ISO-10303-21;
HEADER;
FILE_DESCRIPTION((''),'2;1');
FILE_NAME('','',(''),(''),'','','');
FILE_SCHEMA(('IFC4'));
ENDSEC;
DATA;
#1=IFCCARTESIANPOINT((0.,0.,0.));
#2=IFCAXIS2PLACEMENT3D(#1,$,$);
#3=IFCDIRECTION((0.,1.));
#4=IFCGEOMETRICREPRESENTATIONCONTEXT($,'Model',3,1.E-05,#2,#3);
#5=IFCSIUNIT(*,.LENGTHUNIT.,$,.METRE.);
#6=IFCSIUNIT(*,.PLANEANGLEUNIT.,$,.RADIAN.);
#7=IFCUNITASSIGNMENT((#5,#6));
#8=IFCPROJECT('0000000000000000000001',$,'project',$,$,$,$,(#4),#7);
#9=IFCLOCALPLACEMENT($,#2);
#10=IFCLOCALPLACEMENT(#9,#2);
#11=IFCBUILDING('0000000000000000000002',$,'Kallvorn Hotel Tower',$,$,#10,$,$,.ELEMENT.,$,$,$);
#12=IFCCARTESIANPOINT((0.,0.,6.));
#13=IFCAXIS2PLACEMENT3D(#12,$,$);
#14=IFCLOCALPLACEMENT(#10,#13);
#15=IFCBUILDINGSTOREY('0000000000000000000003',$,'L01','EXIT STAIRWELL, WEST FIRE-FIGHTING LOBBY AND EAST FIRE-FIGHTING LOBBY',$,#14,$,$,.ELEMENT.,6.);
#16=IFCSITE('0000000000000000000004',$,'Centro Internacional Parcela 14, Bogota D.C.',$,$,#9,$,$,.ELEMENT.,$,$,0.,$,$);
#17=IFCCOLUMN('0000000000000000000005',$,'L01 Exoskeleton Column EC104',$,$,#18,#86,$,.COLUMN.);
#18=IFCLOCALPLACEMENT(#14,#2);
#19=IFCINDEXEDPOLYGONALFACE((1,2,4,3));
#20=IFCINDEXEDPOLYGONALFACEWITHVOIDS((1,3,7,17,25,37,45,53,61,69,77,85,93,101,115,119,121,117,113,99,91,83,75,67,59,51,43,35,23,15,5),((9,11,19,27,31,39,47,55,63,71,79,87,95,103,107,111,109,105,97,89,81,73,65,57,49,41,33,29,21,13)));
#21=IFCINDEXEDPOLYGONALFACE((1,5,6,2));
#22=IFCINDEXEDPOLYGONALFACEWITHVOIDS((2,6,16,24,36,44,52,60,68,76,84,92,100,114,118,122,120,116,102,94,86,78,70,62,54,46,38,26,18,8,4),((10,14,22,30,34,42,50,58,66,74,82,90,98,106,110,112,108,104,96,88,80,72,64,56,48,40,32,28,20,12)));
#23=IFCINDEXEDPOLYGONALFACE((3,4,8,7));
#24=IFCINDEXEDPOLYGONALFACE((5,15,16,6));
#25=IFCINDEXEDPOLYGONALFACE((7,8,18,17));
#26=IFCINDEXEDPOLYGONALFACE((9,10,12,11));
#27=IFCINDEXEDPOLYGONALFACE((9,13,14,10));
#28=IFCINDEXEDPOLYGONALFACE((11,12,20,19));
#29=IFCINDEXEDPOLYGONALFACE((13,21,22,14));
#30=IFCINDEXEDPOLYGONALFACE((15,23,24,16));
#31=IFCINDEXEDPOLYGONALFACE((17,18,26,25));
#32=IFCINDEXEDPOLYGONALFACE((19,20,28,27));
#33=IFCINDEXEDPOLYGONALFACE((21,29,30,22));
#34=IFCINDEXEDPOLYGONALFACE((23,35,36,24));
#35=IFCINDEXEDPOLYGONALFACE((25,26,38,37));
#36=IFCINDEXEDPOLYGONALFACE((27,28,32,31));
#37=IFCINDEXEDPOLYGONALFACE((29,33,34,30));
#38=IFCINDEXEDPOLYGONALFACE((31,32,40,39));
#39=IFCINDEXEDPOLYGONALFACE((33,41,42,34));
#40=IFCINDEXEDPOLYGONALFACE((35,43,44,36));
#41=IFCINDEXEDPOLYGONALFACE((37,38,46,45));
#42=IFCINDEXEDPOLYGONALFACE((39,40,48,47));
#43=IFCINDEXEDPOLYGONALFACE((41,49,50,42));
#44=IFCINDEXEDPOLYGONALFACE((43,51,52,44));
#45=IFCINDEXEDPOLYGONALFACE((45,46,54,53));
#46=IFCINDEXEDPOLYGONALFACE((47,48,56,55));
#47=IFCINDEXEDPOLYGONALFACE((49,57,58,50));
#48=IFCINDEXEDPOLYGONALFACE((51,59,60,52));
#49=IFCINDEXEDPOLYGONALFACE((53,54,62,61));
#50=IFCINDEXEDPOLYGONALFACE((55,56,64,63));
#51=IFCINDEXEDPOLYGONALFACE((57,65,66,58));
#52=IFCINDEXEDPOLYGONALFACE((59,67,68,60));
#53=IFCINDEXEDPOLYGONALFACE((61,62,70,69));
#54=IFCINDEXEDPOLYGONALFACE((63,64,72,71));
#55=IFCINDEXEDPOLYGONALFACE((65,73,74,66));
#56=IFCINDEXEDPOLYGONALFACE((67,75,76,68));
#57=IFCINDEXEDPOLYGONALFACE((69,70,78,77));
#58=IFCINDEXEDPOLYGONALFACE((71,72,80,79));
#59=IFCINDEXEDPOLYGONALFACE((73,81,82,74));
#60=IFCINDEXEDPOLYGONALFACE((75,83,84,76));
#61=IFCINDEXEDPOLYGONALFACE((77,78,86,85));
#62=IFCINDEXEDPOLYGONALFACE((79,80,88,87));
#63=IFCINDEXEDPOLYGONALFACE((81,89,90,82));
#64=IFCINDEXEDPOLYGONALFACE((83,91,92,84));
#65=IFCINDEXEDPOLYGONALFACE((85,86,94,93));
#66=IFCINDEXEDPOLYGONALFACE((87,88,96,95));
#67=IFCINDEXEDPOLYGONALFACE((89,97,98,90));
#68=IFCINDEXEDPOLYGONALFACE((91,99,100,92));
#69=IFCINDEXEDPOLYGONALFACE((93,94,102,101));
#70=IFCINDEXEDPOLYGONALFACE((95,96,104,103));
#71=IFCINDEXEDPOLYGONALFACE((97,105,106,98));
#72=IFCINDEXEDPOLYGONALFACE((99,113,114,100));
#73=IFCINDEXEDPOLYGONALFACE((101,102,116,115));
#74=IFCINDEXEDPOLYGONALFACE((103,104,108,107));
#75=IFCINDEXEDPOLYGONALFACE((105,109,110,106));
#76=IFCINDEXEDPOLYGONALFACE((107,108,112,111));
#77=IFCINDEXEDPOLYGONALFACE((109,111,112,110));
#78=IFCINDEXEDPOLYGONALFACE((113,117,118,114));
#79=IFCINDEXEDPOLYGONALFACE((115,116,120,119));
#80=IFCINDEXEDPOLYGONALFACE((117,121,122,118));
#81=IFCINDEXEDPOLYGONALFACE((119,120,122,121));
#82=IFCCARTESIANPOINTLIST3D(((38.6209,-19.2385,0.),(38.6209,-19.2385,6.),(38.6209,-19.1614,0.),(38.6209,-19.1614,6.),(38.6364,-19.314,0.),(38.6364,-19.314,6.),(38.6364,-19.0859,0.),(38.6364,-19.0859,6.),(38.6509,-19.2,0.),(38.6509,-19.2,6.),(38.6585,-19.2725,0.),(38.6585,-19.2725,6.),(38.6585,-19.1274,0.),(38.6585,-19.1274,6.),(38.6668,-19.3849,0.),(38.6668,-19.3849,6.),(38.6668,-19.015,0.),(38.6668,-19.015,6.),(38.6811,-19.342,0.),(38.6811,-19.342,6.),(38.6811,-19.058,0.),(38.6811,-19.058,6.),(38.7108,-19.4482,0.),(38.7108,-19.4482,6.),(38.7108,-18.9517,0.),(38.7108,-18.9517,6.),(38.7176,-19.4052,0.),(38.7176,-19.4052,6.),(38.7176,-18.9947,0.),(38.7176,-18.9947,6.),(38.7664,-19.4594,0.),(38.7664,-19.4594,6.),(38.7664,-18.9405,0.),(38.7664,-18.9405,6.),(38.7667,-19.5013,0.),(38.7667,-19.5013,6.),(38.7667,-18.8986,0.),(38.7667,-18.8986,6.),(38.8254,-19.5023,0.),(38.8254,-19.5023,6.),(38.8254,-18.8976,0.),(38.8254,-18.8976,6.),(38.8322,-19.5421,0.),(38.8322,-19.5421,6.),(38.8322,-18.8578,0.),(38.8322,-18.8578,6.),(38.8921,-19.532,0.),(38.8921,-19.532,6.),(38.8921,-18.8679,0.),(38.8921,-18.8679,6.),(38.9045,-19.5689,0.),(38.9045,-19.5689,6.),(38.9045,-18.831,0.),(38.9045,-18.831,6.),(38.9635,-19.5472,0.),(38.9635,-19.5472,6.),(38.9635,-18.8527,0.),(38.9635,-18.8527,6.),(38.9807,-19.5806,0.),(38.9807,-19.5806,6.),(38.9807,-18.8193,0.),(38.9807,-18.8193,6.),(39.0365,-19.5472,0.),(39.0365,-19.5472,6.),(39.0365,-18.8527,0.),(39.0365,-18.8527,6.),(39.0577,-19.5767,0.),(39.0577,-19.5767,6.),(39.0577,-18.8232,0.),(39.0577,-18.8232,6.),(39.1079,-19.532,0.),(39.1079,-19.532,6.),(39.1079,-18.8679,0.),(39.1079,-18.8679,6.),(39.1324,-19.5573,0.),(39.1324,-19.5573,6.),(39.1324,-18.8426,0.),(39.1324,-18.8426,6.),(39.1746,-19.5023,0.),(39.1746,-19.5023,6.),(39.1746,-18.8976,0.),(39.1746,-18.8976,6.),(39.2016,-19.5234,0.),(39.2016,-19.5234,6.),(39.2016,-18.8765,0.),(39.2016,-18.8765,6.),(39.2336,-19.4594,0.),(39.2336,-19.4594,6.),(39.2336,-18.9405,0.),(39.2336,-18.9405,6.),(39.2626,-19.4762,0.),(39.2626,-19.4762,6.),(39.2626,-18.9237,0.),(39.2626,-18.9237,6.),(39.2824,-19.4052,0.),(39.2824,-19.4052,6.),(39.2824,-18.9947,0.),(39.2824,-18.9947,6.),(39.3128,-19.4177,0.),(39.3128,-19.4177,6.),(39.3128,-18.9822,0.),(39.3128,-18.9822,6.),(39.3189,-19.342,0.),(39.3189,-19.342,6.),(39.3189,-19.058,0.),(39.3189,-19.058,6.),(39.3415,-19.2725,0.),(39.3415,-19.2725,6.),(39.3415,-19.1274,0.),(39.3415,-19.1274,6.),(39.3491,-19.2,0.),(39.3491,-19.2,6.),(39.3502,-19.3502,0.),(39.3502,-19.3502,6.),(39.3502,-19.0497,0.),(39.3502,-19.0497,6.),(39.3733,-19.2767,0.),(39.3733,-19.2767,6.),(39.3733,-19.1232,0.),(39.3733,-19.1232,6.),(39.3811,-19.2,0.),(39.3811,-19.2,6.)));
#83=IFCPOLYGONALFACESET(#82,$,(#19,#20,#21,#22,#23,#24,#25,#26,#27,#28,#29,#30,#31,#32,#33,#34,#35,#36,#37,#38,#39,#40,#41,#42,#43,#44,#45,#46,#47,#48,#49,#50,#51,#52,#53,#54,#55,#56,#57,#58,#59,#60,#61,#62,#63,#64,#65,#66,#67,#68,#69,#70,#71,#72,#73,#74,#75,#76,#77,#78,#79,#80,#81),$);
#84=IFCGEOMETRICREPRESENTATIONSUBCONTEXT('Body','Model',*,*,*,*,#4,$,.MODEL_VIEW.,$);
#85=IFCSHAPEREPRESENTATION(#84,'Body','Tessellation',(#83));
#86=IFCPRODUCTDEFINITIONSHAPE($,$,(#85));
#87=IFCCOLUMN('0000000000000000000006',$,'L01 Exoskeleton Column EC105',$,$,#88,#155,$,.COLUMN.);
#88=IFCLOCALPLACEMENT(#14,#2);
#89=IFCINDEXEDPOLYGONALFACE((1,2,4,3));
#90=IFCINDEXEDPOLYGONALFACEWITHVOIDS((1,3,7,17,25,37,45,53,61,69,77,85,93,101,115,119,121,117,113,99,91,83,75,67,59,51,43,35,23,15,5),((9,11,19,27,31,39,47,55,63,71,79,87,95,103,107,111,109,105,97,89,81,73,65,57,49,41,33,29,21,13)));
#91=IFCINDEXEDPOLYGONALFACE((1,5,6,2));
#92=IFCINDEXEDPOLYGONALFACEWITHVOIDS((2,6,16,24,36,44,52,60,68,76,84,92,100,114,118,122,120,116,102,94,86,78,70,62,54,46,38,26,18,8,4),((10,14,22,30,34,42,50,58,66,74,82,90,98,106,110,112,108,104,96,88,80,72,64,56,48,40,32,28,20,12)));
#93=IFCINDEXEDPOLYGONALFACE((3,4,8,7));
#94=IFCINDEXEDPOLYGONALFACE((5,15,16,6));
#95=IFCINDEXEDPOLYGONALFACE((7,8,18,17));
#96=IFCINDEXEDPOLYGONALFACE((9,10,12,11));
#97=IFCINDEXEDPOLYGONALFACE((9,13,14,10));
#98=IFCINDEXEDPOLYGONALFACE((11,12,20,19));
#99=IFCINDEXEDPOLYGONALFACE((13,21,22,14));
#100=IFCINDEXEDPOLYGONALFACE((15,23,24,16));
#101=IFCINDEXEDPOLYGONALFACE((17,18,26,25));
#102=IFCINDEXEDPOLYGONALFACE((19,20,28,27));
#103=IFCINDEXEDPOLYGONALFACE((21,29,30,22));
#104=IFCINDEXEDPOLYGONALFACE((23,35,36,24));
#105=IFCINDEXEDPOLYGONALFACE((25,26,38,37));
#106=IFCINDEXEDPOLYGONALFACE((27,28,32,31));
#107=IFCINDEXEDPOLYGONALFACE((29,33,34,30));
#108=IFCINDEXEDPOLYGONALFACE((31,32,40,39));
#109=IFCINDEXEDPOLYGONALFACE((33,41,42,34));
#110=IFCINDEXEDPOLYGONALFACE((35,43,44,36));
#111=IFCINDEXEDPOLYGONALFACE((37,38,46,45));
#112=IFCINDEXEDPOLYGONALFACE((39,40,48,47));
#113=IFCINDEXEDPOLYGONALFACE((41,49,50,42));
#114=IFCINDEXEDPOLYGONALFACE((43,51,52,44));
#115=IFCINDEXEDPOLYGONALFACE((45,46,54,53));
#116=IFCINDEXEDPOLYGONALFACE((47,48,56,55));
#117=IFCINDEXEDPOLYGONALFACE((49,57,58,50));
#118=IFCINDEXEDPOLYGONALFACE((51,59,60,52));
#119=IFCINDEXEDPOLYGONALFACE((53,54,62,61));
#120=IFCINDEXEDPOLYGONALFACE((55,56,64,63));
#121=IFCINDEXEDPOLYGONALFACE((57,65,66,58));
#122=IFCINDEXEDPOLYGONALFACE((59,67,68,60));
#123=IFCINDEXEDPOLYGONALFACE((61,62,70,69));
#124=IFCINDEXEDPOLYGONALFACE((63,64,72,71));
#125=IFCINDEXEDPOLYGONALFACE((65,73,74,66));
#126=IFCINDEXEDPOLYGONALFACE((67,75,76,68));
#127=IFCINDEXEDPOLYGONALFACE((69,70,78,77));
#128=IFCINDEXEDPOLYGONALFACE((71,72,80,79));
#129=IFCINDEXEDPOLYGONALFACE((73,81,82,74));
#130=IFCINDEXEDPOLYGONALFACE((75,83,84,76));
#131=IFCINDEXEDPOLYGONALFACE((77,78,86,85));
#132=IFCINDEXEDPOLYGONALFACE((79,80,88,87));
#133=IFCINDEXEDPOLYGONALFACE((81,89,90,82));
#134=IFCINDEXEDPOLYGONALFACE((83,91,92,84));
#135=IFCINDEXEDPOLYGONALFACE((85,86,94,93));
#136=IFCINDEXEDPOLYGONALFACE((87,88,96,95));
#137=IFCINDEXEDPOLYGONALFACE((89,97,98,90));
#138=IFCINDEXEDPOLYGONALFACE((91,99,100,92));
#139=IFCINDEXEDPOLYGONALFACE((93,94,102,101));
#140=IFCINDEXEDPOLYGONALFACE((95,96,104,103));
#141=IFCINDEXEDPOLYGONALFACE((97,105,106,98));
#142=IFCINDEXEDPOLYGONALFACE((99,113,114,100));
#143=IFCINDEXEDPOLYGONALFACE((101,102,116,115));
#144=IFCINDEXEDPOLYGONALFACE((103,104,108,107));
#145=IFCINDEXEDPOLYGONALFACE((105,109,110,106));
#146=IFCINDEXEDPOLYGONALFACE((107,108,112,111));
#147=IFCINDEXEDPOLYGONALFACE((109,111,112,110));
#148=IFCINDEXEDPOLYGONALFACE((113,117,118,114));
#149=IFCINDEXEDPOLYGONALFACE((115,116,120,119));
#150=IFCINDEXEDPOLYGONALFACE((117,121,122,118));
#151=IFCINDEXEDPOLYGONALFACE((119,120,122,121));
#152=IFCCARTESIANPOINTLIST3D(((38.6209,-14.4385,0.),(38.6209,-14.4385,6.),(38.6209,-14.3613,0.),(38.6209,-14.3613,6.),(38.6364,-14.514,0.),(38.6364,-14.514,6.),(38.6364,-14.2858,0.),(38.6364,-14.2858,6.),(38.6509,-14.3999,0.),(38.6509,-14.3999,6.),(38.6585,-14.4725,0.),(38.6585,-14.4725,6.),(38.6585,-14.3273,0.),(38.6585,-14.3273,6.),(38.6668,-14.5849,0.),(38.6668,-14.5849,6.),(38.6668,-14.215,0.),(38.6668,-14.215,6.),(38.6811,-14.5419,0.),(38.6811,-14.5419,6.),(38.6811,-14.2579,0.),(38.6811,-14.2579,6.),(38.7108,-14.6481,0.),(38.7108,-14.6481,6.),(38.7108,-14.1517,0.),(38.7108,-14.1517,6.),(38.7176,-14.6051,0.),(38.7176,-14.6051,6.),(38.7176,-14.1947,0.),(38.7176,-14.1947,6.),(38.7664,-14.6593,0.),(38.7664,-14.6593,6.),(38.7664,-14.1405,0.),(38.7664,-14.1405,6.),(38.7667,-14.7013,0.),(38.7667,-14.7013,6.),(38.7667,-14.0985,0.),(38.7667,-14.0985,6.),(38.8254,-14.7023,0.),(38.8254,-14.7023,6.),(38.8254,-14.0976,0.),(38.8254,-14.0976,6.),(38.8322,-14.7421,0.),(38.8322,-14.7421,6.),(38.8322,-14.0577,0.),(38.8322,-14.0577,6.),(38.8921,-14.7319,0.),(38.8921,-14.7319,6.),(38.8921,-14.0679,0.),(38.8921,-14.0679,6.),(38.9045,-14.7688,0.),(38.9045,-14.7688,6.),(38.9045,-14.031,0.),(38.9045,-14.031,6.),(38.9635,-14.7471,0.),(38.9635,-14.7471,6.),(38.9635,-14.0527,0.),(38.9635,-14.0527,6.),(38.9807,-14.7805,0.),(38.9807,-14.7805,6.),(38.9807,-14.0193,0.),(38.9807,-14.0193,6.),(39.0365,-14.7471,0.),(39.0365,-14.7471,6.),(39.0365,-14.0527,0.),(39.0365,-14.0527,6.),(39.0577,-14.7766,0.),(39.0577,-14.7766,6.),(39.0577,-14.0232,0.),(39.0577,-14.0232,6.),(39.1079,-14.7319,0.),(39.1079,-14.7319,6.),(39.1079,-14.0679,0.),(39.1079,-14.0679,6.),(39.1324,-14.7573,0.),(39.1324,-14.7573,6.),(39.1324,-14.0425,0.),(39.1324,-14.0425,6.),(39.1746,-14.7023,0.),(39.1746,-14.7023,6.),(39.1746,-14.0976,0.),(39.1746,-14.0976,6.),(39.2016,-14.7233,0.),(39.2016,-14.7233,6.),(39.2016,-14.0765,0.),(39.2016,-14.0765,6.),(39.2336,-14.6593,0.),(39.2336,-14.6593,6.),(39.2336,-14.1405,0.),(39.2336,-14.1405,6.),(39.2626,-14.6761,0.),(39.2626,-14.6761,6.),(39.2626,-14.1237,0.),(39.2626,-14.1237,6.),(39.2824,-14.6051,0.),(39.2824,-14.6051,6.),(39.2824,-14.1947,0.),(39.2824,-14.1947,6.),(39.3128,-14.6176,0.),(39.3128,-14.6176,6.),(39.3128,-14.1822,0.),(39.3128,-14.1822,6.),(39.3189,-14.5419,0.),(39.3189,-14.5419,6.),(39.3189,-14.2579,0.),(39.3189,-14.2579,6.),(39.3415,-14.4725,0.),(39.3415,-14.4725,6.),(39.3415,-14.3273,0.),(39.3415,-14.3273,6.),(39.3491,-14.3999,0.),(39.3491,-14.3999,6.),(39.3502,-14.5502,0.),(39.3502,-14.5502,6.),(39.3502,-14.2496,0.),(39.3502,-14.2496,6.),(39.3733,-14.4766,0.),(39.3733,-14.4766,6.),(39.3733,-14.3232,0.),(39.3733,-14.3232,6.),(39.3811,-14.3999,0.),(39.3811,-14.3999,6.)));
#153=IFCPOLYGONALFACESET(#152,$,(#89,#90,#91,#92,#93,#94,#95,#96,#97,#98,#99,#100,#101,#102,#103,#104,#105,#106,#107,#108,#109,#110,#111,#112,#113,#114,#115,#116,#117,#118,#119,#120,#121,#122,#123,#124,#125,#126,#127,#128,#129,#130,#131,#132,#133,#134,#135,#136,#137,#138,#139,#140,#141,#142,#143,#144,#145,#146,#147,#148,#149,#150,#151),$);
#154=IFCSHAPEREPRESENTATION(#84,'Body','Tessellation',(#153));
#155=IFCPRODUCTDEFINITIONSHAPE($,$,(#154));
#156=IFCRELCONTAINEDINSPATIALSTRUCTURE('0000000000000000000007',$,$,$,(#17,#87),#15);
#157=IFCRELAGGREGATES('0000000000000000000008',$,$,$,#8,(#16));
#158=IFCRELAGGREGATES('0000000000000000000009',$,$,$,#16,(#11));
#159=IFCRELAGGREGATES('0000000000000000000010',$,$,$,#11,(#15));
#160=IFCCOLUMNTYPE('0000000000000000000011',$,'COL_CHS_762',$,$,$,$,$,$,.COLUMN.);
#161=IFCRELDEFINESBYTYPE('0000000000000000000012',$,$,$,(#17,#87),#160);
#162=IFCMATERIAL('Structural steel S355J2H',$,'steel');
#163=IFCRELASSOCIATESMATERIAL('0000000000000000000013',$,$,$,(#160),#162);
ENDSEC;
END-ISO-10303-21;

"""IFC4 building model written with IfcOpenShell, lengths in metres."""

from ifc_helpers import new_model, si_unit, direction, frame, origin, origin_2d, place, context, subcontext, project, spatial, hollow_circle, extrude, material, material_profile, profile_set, type_object, element, save


model = new_model("IFC4")

# Units and contexts
model_context = context("Model", 3, precision=1e-05, world=origin(), true_north=direction((0.0, 1.0)))
body_context = subcontext(model_context, "Body", "Model", "MODEL_VIEW")
ifc_project = project(units=[si_unit("LENGTHUNIT", "METRE"), si_unit("PLANEANGLEUNIT", "RADIAN")], contexts=[model_context])

# Site, building, storey
site_placement = place(None, origin())
site = spatial("IfcSite", under=ifc_project, at=site_placement, Name="Centro Internacional Parcela 14, Bogota D.C.", CompositionType="ELEMENT", RefElevation=0.0)
building_placement = place(site_placement, origin())
building = spatial("IfcBuilding", under=site, at=building_placement, Name="Kallvorn Hotel Tower", CompositionType="ELEMENT")
storey_placement = place(building_placement, frame((0.0, 0.0, 6.0)))
storey = spatial("IfcBuildingStorey", under=building, at=storey_placement, Name="L01", Description="EXIT STAIRWELL, WEST FIRE-FIGHTING LOBBY AND EAST FIRE-FIGHTING LOBBY", CompositionType="ELEMENT", Elevation=6.0)

# Columns
ifc_material_1 = material(Name="Structural steel S355J2H", Category="steel")
ifc_material_profile_1 = material_profile(ifc_material_1, hollow_circle(Radius=0.3811, WallThickness=0.032, at=origin_2d()), Name="CHS 762x32")
ifc_profile_set_1 = profile_set([ifc_material_profile_1], Name="Structural steel S355J2H")
column_type = type_object("IfcColumnType", Name="COL_CHS_762", PredefinedType="COLUMN", material=ifc_profile_set_1)
for number, where, z_axis, x_axis, name in (
    (1, (39.0, -19.2, 0.0), (0.0, 0.0, 1.0), (1.0, 0.0, 0.0), "L01 Exoskeleton Column EC104"),
    (2, (39.0, -14.3999, 0.0), (0.0, 0.0, 1.0), (1.0, 0.0, 0.0), "L01 Exoskeleton Column EC105"),
):
    element("IfcColumn", number, at=place(storey_placement, frame(where, z_axis=z_axis, x_axis=x_axis)), inside=storey, type_object=column_type, Name=name, PredefinedType="COLUMN", context=body_context, shape_type="SweptSolid", body=[
        extrude(hollow_circle(Radius=0.3811, WallThickness=0.032, at=origin_2d()), origin(), (0.0, 0.0, 1.0), 6.0),
    ])

save(model, "model.ifc")
